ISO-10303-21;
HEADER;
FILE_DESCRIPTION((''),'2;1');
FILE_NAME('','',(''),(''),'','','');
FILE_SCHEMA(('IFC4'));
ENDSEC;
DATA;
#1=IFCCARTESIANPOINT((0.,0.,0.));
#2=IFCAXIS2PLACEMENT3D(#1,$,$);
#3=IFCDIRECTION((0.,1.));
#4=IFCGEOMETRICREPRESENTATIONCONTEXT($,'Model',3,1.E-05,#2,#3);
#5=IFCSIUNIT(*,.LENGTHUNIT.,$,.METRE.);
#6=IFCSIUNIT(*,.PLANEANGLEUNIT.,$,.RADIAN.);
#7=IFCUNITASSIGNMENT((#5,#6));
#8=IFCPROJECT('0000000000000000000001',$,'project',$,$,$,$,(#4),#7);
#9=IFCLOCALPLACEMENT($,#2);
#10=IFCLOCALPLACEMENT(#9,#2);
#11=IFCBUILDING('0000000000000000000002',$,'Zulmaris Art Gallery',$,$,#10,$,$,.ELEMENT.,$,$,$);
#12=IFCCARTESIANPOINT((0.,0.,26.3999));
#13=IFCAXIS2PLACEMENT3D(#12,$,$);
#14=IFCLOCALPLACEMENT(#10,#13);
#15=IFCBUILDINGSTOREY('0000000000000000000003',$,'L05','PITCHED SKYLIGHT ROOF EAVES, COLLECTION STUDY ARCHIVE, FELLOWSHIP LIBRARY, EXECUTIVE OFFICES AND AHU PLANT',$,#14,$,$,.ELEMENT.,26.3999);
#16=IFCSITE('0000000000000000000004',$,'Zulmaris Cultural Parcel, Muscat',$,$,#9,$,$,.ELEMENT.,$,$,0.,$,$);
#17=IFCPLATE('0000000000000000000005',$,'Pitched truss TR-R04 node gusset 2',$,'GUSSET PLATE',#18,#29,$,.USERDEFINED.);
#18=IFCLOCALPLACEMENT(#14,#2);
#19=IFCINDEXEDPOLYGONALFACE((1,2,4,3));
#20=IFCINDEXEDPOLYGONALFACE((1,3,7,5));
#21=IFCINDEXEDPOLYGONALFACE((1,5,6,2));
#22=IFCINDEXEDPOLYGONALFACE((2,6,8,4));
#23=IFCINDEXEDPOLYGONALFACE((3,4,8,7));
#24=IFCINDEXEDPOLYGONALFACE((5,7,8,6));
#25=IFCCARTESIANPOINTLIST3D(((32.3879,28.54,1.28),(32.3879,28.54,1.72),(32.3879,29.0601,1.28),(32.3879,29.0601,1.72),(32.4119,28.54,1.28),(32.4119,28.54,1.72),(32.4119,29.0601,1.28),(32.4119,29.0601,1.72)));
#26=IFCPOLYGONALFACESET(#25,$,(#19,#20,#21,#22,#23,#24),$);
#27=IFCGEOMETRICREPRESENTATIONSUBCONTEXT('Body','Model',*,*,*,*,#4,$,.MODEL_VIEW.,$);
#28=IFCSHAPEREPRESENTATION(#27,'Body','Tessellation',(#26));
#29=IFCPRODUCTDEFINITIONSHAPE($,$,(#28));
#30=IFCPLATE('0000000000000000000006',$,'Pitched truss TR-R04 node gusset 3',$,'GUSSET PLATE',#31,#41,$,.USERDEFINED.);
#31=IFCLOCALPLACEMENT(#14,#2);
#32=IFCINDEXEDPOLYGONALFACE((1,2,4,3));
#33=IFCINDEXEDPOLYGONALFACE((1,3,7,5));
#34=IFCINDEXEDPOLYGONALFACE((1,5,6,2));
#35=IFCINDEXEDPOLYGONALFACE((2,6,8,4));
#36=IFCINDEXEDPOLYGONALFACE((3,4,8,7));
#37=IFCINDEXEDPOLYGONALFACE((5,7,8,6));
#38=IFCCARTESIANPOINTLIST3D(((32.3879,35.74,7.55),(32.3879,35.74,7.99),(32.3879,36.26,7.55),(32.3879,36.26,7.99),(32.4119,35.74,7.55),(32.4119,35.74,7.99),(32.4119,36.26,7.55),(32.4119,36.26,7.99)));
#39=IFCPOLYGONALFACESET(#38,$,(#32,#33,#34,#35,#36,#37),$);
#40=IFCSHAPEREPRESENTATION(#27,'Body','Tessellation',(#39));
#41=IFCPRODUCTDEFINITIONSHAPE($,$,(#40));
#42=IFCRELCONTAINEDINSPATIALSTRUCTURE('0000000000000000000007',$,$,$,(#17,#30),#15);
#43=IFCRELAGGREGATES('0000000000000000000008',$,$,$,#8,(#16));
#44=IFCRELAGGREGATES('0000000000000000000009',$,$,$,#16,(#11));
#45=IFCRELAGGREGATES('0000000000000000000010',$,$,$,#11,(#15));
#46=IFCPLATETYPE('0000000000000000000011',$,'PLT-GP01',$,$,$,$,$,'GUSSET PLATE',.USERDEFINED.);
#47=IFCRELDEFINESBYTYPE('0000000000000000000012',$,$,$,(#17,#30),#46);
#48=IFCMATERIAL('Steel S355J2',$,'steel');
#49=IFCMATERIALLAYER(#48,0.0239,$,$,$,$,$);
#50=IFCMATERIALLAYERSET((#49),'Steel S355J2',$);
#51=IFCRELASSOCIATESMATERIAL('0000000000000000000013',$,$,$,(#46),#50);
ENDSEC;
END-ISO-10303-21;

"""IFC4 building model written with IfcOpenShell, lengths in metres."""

from ifc_helpers import new_model, si_unit, direction, frame, origin, origin_2d, place, context, subcontext, project, spatial, rectangle, extrude, material, layer, layer_set, type_object, element, save


model = new_model("IFC4")

# Units and contexts
model_context = context("Model", 3, precision=1e-05, world=origin(), true_north=direction((0.0, 1.0)))
body_context = subcontext(model_context, "Body", "Model", "MODEL_VIEW")
ifc_project = project(units=[si_unit("LENGTHUNIT", "METRE"), si_unit("PLANEANGLEUNIT", "RADIAN")], contexts=[model_context])

# Site, building, storey
site_placement = place(None, origin())
site = spatial("IfcSite", under=ifc_project, at=site_placement, Name="Zulmaris Cultural Parcel, Muscat", CompositionType="ELEMENT", RefElevation=0.0)
building_placement = place(site_placement, origin())
building = spatial("IfcBuilding", under=site, at=building_placement, Name="Zulmaris Art Gallery", CompositionType="ELEMENT")
storey_placement = place(building_placement, frame((0.0, 0.0, 26.3999)))
storey = spatial("IfcBuildingStorey", under=building, at=storey_placement, Name="L05", Description="PITCHED SKYLIGHT ROOF EAVES, COLLECTION STUDY ARCHIVE, FELLOWSHIP LIBRARY, EXECUTIVE OFFICES AND AHU PLANT", CompositionType="ELEMENT", Elevation=26.3999)

# Shared definitions
ifc_material_1 = material(Name="Steel S355J2", Category="steel")

# Plates
ifc_layer_1 = layer(ifc_material_1, 0.0239)
ifc_layer_set_1 = layer_set([ifc_layer_1], Name="Steel S355J2")
plate_type_1 = type_object("IfcPlateType", Name="PLT-GP01", ElementType="GUSSET PLATE", PredefinedType="USERDEFINED", material=ifc_layer_set_1)
for number, where, z_axis, x_axis, name in (
    (1, (32.3999, 28.8, 1.28), (0.0, 0.0, 1.0), (1.0, 0.0, 0.0), "Pitched truss TR-R04 node gusset 2"),
    (2, (32.3999, 36.0, 7.55), (0.0, 0.0, 1.0), (1.0, 0.0, 0.0), "Pitched truss TR-R04 node gusset 3"),
):
    element("IfcPlate", number, at=place(storey_placement, frame(where, z_axis=z_axis, x_axis=x_axis)), inside=storey, type_object=plate_type_1, Name=name, ObjectType="GUSSET PLATE", PredefinedType="USERDEFINED", context=body_context, shape_type="SweptSolid", body=[
        extrude(rectangle(XDim=0.0239, YDim=0.52, at=origin_2d()), origin(), (0.0, 0.0, 1.0), 0.4399),
    ])

save(model, "model.ifc")
